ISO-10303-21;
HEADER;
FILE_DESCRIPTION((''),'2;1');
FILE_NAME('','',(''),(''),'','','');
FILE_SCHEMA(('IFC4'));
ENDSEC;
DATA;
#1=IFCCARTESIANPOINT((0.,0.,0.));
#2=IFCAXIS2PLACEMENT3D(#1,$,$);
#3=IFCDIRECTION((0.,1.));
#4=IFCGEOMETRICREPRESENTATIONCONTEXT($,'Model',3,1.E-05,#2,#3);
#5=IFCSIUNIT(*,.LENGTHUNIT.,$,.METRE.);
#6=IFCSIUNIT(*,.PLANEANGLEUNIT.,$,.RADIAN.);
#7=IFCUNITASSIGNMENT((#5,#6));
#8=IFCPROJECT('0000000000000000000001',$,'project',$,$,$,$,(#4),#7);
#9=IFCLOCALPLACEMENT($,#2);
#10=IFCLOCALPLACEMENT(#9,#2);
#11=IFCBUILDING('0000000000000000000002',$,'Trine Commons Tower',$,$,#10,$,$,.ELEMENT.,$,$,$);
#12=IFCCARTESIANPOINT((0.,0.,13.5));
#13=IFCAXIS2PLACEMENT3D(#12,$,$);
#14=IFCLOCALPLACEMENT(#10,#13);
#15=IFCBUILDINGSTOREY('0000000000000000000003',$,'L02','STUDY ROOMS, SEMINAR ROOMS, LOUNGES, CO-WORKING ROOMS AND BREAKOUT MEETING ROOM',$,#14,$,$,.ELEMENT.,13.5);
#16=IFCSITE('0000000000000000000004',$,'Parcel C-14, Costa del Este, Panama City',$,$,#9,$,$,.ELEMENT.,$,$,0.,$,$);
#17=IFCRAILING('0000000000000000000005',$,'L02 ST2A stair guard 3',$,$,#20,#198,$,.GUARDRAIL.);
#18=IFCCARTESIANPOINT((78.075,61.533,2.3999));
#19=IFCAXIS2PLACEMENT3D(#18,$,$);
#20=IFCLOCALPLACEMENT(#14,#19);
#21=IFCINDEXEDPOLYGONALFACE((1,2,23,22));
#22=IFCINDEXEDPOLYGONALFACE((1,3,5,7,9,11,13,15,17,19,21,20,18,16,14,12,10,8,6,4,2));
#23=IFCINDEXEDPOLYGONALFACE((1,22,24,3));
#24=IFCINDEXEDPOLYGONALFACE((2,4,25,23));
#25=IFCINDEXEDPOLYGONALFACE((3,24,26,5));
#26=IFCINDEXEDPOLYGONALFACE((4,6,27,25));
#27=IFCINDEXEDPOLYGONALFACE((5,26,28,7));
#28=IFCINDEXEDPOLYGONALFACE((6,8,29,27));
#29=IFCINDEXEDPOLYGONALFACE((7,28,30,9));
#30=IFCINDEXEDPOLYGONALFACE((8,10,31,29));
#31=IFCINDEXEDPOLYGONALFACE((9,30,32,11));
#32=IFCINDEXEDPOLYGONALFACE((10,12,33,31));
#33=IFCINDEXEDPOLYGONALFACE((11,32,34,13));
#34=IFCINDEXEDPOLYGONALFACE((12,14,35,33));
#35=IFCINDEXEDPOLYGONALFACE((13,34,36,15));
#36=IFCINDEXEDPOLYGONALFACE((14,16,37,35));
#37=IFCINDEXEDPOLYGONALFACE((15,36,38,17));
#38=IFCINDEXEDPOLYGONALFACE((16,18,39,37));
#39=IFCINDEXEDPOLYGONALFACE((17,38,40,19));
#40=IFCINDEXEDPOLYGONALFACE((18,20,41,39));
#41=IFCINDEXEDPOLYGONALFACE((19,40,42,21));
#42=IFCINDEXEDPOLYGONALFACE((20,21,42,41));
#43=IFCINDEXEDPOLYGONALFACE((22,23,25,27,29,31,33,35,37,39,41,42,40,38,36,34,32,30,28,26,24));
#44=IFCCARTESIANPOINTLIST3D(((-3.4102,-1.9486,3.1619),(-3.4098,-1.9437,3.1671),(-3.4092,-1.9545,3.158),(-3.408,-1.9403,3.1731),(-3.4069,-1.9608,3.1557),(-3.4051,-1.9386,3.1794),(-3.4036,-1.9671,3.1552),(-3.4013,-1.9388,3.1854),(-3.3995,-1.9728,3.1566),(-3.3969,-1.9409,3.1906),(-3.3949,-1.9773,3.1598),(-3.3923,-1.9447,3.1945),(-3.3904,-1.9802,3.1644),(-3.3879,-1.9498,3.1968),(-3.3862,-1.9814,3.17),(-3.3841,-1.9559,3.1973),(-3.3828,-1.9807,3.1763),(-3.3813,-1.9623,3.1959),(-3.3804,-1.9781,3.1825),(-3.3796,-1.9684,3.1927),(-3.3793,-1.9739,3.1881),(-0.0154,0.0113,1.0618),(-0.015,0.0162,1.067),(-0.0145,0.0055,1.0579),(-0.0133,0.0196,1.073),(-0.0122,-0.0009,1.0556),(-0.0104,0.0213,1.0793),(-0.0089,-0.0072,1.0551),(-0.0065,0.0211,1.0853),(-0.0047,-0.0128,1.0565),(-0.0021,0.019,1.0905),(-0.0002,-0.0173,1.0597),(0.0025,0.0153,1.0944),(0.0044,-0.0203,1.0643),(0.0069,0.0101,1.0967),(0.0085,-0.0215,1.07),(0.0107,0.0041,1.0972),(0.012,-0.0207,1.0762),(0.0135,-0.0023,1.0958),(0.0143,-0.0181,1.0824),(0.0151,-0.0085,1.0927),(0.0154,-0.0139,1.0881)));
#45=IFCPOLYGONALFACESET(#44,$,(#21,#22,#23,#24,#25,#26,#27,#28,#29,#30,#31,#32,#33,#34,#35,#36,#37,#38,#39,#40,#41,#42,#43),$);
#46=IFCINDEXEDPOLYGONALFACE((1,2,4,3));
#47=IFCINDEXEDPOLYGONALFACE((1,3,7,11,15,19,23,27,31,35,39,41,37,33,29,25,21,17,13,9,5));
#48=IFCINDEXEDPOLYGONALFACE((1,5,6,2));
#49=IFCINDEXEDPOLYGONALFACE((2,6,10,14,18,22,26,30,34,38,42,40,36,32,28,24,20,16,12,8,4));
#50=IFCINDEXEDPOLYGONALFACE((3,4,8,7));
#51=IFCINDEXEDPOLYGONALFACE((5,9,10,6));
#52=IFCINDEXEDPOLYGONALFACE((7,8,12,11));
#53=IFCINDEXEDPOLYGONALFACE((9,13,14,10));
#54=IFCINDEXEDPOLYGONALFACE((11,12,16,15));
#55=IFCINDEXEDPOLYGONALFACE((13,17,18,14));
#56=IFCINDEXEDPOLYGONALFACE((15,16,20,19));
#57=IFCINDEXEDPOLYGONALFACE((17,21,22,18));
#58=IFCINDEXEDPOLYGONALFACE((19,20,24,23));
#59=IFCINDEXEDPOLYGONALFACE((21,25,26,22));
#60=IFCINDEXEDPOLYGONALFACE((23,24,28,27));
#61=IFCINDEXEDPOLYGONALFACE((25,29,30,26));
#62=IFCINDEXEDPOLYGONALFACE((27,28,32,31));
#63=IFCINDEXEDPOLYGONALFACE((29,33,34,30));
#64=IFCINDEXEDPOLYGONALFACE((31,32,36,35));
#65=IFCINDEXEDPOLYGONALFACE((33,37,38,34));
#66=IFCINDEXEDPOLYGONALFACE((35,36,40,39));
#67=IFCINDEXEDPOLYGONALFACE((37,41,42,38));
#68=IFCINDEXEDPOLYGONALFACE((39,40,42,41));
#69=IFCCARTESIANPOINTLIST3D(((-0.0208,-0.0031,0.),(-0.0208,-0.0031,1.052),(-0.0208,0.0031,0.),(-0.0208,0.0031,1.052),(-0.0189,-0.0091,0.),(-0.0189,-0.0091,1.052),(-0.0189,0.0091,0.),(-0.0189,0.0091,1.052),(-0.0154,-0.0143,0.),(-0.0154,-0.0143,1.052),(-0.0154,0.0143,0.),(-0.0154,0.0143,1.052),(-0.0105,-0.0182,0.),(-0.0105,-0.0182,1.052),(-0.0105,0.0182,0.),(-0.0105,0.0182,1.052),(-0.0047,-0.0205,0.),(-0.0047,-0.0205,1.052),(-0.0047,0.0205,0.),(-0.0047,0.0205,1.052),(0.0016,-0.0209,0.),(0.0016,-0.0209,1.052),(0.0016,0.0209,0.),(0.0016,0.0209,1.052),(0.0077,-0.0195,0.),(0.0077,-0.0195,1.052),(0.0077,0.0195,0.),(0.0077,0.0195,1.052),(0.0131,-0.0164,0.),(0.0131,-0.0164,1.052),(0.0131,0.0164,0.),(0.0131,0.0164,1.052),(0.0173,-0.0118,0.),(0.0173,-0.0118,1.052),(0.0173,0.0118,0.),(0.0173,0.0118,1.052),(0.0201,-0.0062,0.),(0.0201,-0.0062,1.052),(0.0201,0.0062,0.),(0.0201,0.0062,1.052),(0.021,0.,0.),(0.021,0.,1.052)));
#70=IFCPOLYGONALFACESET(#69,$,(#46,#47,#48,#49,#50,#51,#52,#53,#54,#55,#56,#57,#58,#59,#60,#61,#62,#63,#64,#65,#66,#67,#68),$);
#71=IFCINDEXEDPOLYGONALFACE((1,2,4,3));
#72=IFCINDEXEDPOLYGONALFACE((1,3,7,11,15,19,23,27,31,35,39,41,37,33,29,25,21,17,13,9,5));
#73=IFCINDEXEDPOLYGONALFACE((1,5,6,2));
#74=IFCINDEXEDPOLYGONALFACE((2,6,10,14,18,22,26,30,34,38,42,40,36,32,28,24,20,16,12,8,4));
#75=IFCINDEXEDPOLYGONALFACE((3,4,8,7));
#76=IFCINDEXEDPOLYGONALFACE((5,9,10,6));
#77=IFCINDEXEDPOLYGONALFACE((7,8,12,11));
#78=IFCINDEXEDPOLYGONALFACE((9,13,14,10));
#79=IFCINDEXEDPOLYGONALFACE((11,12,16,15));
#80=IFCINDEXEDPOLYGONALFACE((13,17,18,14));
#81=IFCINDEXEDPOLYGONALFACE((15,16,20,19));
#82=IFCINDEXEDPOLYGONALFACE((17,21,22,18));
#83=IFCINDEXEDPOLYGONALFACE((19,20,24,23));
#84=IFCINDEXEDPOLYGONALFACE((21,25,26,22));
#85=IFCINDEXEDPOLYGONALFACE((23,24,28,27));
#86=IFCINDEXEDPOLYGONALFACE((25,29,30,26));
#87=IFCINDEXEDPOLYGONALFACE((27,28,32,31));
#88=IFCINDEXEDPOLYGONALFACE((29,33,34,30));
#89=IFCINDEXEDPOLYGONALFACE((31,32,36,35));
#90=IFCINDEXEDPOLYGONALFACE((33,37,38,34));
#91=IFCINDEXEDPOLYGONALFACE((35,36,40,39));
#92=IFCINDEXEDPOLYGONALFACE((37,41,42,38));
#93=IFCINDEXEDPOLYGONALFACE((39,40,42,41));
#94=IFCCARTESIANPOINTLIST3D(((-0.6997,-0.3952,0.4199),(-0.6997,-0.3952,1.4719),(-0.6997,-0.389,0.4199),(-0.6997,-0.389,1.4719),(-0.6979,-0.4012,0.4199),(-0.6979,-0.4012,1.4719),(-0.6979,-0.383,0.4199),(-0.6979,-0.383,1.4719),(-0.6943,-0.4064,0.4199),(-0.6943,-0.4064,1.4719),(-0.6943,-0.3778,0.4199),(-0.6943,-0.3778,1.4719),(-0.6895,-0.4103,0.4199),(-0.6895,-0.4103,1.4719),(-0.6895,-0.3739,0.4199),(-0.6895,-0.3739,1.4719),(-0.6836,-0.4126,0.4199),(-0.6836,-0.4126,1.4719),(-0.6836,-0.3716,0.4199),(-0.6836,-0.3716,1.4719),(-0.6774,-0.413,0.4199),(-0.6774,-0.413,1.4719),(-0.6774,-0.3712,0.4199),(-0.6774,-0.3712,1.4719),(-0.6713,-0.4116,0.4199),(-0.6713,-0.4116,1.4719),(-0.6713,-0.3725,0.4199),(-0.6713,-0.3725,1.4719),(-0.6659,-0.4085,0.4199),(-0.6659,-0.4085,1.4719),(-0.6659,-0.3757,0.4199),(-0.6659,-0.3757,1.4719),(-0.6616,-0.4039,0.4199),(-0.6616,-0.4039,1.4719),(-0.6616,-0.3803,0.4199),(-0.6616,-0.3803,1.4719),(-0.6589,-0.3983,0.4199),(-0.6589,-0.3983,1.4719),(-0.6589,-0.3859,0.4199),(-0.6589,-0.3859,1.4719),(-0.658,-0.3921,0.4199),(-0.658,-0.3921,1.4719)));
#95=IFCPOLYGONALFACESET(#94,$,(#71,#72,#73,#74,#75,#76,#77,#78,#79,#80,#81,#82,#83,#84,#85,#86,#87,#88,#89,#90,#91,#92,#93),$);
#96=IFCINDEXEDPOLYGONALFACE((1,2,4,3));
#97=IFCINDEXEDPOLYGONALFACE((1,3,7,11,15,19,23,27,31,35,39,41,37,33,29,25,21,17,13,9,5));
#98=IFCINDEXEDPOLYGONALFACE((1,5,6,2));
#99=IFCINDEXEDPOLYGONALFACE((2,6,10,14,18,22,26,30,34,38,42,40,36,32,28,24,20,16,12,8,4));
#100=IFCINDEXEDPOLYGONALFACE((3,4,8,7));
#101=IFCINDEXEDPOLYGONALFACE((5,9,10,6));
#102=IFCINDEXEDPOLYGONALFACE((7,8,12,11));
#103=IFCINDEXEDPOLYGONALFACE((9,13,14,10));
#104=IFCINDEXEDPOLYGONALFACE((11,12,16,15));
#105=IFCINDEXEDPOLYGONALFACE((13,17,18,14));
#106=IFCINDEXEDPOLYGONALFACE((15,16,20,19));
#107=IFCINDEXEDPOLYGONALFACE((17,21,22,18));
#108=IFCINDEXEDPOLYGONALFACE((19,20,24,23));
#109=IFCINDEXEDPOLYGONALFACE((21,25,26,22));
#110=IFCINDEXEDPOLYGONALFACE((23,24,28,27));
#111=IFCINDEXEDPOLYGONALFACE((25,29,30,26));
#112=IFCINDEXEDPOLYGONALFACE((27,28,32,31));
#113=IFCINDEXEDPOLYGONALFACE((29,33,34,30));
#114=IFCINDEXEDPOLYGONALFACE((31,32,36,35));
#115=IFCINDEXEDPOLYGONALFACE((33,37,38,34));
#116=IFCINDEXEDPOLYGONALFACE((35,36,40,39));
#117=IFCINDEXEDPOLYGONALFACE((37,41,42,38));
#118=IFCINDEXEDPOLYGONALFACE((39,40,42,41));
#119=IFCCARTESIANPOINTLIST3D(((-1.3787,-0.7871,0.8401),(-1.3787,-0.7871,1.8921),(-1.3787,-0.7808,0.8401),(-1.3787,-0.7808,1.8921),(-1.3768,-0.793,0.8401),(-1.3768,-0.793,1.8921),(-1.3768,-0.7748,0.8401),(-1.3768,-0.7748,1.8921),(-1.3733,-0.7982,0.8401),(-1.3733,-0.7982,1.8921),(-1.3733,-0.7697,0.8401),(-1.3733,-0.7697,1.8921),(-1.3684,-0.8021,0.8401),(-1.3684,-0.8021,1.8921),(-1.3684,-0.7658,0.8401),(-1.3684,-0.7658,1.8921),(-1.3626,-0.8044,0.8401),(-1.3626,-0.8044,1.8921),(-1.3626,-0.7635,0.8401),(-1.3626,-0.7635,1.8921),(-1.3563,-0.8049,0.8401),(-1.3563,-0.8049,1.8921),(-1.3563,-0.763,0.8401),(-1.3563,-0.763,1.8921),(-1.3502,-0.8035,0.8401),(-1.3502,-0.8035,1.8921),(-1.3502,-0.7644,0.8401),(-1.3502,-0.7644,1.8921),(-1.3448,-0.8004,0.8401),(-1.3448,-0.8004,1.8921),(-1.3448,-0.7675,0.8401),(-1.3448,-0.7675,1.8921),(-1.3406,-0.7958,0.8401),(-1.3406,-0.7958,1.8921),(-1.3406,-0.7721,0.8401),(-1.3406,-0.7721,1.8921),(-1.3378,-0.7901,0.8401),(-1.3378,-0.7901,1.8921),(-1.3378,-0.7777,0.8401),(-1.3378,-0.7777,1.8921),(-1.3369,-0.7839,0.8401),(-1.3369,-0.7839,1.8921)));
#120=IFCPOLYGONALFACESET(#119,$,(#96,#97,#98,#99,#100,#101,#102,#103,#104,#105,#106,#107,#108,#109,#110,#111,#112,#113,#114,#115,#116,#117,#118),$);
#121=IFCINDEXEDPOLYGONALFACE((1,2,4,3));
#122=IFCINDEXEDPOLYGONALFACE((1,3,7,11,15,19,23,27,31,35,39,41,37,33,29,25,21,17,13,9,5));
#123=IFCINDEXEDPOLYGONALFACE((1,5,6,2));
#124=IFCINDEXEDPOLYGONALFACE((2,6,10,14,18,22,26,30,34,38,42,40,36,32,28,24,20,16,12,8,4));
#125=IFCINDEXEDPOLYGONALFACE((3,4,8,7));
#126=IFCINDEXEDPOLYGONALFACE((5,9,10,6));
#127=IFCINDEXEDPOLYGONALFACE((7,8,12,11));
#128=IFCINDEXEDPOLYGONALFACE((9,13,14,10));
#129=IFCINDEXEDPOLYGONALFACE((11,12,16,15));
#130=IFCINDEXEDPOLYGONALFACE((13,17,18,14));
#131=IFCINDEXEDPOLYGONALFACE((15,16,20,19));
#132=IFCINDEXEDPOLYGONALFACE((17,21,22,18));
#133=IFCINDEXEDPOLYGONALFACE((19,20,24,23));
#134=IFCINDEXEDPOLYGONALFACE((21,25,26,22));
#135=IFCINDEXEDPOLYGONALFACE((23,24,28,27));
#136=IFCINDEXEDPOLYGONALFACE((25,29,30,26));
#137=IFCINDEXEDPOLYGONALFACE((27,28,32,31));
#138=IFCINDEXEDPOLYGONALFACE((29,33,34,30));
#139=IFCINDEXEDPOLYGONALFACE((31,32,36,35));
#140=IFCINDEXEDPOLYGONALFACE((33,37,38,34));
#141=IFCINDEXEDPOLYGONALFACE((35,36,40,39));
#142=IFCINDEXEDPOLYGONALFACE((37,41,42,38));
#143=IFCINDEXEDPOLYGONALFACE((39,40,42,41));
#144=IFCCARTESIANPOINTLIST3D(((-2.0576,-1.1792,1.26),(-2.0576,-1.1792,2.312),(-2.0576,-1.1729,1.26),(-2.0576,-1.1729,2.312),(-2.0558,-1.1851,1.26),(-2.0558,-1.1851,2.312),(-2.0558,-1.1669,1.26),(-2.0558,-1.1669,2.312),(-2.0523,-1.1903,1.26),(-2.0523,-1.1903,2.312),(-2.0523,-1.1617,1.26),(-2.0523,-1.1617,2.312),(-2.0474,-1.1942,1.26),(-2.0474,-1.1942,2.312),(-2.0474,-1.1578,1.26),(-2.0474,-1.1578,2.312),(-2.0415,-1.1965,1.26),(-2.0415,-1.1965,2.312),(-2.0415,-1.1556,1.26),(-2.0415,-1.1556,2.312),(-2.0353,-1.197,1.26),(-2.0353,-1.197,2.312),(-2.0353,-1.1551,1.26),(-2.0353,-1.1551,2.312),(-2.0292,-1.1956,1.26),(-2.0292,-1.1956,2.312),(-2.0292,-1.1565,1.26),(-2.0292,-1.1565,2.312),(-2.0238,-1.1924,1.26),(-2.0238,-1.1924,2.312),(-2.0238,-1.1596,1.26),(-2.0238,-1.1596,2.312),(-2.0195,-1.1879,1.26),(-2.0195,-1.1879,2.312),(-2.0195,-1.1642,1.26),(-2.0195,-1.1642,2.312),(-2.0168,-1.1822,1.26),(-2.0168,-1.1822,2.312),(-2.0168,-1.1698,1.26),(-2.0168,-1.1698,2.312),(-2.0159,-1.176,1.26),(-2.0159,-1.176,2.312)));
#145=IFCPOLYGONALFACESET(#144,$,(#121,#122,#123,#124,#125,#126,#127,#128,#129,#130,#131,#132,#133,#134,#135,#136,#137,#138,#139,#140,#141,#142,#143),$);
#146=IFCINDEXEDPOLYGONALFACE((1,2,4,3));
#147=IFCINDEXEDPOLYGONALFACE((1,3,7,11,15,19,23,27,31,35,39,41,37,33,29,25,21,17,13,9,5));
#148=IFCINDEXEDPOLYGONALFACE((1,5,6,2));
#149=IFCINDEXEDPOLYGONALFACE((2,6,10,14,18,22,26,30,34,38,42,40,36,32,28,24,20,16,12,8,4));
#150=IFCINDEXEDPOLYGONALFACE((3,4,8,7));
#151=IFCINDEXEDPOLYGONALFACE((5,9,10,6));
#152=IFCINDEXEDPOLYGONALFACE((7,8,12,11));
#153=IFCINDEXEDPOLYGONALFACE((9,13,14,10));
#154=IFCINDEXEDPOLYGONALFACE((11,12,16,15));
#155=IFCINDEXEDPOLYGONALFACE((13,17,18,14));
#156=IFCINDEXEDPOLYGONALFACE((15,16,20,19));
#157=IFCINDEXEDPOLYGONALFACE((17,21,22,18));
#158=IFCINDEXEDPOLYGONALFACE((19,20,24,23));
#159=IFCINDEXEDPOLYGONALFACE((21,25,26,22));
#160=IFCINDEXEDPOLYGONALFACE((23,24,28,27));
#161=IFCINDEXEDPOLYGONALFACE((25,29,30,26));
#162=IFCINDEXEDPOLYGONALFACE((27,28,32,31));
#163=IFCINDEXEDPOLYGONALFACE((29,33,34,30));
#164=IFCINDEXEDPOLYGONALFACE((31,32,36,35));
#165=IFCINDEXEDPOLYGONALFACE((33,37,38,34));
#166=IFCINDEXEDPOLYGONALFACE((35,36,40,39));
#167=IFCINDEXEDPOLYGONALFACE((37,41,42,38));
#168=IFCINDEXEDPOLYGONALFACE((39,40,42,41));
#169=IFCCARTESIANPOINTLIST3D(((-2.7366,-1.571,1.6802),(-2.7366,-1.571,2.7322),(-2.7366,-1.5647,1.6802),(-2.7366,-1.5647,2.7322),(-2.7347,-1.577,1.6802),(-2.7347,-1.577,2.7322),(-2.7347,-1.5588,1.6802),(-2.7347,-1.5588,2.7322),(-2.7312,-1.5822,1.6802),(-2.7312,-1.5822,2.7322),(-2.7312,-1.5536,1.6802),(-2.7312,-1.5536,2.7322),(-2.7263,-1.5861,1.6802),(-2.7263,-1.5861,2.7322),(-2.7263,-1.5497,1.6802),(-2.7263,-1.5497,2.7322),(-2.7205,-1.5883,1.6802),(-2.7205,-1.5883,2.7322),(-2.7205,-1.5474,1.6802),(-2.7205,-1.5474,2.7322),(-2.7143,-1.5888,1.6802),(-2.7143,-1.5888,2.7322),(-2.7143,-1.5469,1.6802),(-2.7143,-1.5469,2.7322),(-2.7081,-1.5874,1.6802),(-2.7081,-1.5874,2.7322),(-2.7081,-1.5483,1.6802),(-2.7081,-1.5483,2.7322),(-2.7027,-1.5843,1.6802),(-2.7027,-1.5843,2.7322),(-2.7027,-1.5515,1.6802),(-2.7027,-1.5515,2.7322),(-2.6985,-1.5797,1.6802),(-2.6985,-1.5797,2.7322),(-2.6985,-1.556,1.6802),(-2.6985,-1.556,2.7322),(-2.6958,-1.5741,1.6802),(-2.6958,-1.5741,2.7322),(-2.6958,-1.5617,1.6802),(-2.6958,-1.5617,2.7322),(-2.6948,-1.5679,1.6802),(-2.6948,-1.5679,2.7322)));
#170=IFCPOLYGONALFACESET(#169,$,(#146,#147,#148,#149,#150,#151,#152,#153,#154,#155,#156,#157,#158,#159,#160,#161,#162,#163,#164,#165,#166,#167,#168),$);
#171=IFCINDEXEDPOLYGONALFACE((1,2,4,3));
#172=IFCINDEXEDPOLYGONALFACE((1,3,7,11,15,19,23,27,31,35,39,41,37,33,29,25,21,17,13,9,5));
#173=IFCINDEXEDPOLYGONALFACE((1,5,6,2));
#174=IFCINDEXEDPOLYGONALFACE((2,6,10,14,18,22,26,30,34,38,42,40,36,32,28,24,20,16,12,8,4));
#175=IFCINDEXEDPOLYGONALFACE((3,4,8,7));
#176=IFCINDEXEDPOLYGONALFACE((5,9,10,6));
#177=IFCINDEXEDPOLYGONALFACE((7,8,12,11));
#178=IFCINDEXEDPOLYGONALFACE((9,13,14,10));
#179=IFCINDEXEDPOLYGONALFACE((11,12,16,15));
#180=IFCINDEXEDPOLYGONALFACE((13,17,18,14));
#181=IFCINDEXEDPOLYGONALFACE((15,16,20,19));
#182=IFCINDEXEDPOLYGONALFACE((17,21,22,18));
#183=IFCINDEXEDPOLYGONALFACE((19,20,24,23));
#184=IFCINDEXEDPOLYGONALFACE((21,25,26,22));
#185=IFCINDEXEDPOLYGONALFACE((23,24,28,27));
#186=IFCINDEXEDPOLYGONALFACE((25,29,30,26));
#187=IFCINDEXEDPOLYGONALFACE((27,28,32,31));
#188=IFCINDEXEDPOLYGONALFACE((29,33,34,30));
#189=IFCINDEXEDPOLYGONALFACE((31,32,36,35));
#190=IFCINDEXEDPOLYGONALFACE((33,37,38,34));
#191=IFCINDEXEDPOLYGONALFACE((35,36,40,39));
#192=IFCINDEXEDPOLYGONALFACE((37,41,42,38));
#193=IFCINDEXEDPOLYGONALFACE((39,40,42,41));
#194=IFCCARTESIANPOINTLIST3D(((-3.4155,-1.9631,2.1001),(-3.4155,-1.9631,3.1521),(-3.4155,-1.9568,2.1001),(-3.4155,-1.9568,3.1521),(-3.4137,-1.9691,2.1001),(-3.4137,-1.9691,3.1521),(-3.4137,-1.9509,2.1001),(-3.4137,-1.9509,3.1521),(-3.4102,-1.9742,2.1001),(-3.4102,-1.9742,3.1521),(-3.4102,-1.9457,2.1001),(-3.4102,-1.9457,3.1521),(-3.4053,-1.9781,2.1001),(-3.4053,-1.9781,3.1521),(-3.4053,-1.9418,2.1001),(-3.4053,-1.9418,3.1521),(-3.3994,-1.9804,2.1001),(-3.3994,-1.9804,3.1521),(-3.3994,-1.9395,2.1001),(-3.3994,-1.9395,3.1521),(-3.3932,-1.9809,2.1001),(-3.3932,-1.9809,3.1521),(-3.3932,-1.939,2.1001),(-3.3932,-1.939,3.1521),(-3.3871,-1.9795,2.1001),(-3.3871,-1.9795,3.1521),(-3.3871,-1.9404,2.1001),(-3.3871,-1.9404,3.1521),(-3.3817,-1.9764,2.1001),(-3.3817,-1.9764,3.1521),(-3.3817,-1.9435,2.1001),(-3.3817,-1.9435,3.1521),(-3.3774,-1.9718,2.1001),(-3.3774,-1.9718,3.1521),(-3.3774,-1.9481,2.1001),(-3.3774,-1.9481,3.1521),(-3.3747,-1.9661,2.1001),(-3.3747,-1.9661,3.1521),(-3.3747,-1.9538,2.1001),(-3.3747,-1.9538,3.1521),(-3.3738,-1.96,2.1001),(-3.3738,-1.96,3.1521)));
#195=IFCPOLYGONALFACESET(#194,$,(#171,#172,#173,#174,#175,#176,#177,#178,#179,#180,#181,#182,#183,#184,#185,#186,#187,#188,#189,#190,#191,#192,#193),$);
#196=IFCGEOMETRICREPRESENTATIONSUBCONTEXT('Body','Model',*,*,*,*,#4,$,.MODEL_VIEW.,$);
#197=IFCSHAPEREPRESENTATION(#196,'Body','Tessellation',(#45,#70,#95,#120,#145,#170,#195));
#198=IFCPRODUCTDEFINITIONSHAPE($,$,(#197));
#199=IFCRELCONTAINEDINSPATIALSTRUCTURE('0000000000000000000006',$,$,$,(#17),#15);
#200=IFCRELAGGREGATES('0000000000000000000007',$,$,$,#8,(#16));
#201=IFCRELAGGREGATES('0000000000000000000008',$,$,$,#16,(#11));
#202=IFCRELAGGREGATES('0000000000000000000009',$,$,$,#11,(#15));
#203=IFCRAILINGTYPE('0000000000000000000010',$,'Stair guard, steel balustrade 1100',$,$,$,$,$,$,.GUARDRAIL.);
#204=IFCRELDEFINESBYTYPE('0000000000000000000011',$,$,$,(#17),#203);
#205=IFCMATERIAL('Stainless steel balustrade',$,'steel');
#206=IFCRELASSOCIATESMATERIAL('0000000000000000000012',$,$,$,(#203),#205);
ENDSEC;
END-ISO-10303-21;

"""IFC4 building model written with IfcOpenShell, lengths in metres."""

from ifc_helpers import new_model, si_unit, direction, frame, origin, origin_2d, place, context, subcontext, project, spatial, circle, extrude, material, type_object, element, save


model = new_model("IFC4")

# Units and contexts
model_context = context("Model", 3, precision=1e-05, world=origin(), true_north=direction((0.0, 1.0)))
body_context = subcontext(model_context, "Body", "Model", "MODEL_VIEW")
ifc_project = project(units=[si_unit("LENGTHUNIT", "METRE"), si_unit("PLANEANGLEUNIT", "RADIAN")], contexts=[model_context])

# Site, building, storey
site_placement = place(None, origin())
site = spatial("IfcSite", under=ifc_project, at=site_placement, Name="Parcel C-14, Costa del Este, Panama City", CompositionType="ELEMENT", RefElevation=0.0)
building_placement = place(site_placement, origin())
building = spatial("IfcBuilding", under=site, at=building_placement, Name="Trine Commons Tower", CompositionType="ELEMENT")
storey_placement = place(building_placement, frame((0.0, 0.0, 13.5)))
storey = spatial("IfcBuildingStorey", under=building, at=storey_placement, Name="L02", Description="STUDY ROOMS, SEMINAR ROOMS, LOUNGES, CO-WORKING ROOMS AND BREAKOUT MEETING ROOM", CompositionType="ELEMENT", Elevation=13.5)

# Railing
ifc_material_1 = material(Name="Stainless steel balustrade", Category="steel")
railing_type_1 = type_object("IfcRailingType", Name="Stair guard, steel balustrade 1100", PredefinedType="GUARDRAIL", material=ifc_material_1)
railing_1_placement = place(storey_placement, frame((78.075, 61.533, 2.3999)))
element("IfcRailing", 1, at=railing_1_placement, inside=storey, type_object=railing_type_1, Name="L02 ST2A stair guard 3", PredefinedType="GUARDRAIL", context=body_context, shape_type="SweptSolid", body=[
    extrude(circle(Radius=0.0239, at=origin_2d()), frame((0.0, 0.0, 1.0762), z_axis=(-0.763375, -0.440732, 0.472244), x_axis=(0.499997, -0.866027, 0.0)), (0.0, 0.0, 1.0), 4.447),
    extrude(circle(Radius=0.021, at=origin_2d()), origin(), (0.0, 0.0, 1.0), 1.052),
    extrude(circle(Radius=0.021, at=origin_2d()), frame((-0.679, -0.3921, 0.4199)), (0.0, 0.0, 1.0), 1.052),
    extrude(circle(Radius=0.021, at=origin_2d()), frame((-1.3579, -0.7839, 0.8401)), (0.0, 0.0, 1.0), 1.052),
    extrude(circle(Radius=0.021, at=origin_2d()), frame((-2.0369, -1.176, 1.26)), (0.0, 0.0, 1.0), 1.052),
    extrude(circle(Radius=0.021, at=origin_2d()), frame((-2.7158, -1.5679, 1.6802)), (0.0, 0.0, 1.0), 1.052),
    extrude(circle(Radius=0.021, at=origin_2d()), frame((-3.3948, -1.96, 2.1001)), (0.0, 0.0, 1.0), 1.052),
])

save(model, "model.ifc")
